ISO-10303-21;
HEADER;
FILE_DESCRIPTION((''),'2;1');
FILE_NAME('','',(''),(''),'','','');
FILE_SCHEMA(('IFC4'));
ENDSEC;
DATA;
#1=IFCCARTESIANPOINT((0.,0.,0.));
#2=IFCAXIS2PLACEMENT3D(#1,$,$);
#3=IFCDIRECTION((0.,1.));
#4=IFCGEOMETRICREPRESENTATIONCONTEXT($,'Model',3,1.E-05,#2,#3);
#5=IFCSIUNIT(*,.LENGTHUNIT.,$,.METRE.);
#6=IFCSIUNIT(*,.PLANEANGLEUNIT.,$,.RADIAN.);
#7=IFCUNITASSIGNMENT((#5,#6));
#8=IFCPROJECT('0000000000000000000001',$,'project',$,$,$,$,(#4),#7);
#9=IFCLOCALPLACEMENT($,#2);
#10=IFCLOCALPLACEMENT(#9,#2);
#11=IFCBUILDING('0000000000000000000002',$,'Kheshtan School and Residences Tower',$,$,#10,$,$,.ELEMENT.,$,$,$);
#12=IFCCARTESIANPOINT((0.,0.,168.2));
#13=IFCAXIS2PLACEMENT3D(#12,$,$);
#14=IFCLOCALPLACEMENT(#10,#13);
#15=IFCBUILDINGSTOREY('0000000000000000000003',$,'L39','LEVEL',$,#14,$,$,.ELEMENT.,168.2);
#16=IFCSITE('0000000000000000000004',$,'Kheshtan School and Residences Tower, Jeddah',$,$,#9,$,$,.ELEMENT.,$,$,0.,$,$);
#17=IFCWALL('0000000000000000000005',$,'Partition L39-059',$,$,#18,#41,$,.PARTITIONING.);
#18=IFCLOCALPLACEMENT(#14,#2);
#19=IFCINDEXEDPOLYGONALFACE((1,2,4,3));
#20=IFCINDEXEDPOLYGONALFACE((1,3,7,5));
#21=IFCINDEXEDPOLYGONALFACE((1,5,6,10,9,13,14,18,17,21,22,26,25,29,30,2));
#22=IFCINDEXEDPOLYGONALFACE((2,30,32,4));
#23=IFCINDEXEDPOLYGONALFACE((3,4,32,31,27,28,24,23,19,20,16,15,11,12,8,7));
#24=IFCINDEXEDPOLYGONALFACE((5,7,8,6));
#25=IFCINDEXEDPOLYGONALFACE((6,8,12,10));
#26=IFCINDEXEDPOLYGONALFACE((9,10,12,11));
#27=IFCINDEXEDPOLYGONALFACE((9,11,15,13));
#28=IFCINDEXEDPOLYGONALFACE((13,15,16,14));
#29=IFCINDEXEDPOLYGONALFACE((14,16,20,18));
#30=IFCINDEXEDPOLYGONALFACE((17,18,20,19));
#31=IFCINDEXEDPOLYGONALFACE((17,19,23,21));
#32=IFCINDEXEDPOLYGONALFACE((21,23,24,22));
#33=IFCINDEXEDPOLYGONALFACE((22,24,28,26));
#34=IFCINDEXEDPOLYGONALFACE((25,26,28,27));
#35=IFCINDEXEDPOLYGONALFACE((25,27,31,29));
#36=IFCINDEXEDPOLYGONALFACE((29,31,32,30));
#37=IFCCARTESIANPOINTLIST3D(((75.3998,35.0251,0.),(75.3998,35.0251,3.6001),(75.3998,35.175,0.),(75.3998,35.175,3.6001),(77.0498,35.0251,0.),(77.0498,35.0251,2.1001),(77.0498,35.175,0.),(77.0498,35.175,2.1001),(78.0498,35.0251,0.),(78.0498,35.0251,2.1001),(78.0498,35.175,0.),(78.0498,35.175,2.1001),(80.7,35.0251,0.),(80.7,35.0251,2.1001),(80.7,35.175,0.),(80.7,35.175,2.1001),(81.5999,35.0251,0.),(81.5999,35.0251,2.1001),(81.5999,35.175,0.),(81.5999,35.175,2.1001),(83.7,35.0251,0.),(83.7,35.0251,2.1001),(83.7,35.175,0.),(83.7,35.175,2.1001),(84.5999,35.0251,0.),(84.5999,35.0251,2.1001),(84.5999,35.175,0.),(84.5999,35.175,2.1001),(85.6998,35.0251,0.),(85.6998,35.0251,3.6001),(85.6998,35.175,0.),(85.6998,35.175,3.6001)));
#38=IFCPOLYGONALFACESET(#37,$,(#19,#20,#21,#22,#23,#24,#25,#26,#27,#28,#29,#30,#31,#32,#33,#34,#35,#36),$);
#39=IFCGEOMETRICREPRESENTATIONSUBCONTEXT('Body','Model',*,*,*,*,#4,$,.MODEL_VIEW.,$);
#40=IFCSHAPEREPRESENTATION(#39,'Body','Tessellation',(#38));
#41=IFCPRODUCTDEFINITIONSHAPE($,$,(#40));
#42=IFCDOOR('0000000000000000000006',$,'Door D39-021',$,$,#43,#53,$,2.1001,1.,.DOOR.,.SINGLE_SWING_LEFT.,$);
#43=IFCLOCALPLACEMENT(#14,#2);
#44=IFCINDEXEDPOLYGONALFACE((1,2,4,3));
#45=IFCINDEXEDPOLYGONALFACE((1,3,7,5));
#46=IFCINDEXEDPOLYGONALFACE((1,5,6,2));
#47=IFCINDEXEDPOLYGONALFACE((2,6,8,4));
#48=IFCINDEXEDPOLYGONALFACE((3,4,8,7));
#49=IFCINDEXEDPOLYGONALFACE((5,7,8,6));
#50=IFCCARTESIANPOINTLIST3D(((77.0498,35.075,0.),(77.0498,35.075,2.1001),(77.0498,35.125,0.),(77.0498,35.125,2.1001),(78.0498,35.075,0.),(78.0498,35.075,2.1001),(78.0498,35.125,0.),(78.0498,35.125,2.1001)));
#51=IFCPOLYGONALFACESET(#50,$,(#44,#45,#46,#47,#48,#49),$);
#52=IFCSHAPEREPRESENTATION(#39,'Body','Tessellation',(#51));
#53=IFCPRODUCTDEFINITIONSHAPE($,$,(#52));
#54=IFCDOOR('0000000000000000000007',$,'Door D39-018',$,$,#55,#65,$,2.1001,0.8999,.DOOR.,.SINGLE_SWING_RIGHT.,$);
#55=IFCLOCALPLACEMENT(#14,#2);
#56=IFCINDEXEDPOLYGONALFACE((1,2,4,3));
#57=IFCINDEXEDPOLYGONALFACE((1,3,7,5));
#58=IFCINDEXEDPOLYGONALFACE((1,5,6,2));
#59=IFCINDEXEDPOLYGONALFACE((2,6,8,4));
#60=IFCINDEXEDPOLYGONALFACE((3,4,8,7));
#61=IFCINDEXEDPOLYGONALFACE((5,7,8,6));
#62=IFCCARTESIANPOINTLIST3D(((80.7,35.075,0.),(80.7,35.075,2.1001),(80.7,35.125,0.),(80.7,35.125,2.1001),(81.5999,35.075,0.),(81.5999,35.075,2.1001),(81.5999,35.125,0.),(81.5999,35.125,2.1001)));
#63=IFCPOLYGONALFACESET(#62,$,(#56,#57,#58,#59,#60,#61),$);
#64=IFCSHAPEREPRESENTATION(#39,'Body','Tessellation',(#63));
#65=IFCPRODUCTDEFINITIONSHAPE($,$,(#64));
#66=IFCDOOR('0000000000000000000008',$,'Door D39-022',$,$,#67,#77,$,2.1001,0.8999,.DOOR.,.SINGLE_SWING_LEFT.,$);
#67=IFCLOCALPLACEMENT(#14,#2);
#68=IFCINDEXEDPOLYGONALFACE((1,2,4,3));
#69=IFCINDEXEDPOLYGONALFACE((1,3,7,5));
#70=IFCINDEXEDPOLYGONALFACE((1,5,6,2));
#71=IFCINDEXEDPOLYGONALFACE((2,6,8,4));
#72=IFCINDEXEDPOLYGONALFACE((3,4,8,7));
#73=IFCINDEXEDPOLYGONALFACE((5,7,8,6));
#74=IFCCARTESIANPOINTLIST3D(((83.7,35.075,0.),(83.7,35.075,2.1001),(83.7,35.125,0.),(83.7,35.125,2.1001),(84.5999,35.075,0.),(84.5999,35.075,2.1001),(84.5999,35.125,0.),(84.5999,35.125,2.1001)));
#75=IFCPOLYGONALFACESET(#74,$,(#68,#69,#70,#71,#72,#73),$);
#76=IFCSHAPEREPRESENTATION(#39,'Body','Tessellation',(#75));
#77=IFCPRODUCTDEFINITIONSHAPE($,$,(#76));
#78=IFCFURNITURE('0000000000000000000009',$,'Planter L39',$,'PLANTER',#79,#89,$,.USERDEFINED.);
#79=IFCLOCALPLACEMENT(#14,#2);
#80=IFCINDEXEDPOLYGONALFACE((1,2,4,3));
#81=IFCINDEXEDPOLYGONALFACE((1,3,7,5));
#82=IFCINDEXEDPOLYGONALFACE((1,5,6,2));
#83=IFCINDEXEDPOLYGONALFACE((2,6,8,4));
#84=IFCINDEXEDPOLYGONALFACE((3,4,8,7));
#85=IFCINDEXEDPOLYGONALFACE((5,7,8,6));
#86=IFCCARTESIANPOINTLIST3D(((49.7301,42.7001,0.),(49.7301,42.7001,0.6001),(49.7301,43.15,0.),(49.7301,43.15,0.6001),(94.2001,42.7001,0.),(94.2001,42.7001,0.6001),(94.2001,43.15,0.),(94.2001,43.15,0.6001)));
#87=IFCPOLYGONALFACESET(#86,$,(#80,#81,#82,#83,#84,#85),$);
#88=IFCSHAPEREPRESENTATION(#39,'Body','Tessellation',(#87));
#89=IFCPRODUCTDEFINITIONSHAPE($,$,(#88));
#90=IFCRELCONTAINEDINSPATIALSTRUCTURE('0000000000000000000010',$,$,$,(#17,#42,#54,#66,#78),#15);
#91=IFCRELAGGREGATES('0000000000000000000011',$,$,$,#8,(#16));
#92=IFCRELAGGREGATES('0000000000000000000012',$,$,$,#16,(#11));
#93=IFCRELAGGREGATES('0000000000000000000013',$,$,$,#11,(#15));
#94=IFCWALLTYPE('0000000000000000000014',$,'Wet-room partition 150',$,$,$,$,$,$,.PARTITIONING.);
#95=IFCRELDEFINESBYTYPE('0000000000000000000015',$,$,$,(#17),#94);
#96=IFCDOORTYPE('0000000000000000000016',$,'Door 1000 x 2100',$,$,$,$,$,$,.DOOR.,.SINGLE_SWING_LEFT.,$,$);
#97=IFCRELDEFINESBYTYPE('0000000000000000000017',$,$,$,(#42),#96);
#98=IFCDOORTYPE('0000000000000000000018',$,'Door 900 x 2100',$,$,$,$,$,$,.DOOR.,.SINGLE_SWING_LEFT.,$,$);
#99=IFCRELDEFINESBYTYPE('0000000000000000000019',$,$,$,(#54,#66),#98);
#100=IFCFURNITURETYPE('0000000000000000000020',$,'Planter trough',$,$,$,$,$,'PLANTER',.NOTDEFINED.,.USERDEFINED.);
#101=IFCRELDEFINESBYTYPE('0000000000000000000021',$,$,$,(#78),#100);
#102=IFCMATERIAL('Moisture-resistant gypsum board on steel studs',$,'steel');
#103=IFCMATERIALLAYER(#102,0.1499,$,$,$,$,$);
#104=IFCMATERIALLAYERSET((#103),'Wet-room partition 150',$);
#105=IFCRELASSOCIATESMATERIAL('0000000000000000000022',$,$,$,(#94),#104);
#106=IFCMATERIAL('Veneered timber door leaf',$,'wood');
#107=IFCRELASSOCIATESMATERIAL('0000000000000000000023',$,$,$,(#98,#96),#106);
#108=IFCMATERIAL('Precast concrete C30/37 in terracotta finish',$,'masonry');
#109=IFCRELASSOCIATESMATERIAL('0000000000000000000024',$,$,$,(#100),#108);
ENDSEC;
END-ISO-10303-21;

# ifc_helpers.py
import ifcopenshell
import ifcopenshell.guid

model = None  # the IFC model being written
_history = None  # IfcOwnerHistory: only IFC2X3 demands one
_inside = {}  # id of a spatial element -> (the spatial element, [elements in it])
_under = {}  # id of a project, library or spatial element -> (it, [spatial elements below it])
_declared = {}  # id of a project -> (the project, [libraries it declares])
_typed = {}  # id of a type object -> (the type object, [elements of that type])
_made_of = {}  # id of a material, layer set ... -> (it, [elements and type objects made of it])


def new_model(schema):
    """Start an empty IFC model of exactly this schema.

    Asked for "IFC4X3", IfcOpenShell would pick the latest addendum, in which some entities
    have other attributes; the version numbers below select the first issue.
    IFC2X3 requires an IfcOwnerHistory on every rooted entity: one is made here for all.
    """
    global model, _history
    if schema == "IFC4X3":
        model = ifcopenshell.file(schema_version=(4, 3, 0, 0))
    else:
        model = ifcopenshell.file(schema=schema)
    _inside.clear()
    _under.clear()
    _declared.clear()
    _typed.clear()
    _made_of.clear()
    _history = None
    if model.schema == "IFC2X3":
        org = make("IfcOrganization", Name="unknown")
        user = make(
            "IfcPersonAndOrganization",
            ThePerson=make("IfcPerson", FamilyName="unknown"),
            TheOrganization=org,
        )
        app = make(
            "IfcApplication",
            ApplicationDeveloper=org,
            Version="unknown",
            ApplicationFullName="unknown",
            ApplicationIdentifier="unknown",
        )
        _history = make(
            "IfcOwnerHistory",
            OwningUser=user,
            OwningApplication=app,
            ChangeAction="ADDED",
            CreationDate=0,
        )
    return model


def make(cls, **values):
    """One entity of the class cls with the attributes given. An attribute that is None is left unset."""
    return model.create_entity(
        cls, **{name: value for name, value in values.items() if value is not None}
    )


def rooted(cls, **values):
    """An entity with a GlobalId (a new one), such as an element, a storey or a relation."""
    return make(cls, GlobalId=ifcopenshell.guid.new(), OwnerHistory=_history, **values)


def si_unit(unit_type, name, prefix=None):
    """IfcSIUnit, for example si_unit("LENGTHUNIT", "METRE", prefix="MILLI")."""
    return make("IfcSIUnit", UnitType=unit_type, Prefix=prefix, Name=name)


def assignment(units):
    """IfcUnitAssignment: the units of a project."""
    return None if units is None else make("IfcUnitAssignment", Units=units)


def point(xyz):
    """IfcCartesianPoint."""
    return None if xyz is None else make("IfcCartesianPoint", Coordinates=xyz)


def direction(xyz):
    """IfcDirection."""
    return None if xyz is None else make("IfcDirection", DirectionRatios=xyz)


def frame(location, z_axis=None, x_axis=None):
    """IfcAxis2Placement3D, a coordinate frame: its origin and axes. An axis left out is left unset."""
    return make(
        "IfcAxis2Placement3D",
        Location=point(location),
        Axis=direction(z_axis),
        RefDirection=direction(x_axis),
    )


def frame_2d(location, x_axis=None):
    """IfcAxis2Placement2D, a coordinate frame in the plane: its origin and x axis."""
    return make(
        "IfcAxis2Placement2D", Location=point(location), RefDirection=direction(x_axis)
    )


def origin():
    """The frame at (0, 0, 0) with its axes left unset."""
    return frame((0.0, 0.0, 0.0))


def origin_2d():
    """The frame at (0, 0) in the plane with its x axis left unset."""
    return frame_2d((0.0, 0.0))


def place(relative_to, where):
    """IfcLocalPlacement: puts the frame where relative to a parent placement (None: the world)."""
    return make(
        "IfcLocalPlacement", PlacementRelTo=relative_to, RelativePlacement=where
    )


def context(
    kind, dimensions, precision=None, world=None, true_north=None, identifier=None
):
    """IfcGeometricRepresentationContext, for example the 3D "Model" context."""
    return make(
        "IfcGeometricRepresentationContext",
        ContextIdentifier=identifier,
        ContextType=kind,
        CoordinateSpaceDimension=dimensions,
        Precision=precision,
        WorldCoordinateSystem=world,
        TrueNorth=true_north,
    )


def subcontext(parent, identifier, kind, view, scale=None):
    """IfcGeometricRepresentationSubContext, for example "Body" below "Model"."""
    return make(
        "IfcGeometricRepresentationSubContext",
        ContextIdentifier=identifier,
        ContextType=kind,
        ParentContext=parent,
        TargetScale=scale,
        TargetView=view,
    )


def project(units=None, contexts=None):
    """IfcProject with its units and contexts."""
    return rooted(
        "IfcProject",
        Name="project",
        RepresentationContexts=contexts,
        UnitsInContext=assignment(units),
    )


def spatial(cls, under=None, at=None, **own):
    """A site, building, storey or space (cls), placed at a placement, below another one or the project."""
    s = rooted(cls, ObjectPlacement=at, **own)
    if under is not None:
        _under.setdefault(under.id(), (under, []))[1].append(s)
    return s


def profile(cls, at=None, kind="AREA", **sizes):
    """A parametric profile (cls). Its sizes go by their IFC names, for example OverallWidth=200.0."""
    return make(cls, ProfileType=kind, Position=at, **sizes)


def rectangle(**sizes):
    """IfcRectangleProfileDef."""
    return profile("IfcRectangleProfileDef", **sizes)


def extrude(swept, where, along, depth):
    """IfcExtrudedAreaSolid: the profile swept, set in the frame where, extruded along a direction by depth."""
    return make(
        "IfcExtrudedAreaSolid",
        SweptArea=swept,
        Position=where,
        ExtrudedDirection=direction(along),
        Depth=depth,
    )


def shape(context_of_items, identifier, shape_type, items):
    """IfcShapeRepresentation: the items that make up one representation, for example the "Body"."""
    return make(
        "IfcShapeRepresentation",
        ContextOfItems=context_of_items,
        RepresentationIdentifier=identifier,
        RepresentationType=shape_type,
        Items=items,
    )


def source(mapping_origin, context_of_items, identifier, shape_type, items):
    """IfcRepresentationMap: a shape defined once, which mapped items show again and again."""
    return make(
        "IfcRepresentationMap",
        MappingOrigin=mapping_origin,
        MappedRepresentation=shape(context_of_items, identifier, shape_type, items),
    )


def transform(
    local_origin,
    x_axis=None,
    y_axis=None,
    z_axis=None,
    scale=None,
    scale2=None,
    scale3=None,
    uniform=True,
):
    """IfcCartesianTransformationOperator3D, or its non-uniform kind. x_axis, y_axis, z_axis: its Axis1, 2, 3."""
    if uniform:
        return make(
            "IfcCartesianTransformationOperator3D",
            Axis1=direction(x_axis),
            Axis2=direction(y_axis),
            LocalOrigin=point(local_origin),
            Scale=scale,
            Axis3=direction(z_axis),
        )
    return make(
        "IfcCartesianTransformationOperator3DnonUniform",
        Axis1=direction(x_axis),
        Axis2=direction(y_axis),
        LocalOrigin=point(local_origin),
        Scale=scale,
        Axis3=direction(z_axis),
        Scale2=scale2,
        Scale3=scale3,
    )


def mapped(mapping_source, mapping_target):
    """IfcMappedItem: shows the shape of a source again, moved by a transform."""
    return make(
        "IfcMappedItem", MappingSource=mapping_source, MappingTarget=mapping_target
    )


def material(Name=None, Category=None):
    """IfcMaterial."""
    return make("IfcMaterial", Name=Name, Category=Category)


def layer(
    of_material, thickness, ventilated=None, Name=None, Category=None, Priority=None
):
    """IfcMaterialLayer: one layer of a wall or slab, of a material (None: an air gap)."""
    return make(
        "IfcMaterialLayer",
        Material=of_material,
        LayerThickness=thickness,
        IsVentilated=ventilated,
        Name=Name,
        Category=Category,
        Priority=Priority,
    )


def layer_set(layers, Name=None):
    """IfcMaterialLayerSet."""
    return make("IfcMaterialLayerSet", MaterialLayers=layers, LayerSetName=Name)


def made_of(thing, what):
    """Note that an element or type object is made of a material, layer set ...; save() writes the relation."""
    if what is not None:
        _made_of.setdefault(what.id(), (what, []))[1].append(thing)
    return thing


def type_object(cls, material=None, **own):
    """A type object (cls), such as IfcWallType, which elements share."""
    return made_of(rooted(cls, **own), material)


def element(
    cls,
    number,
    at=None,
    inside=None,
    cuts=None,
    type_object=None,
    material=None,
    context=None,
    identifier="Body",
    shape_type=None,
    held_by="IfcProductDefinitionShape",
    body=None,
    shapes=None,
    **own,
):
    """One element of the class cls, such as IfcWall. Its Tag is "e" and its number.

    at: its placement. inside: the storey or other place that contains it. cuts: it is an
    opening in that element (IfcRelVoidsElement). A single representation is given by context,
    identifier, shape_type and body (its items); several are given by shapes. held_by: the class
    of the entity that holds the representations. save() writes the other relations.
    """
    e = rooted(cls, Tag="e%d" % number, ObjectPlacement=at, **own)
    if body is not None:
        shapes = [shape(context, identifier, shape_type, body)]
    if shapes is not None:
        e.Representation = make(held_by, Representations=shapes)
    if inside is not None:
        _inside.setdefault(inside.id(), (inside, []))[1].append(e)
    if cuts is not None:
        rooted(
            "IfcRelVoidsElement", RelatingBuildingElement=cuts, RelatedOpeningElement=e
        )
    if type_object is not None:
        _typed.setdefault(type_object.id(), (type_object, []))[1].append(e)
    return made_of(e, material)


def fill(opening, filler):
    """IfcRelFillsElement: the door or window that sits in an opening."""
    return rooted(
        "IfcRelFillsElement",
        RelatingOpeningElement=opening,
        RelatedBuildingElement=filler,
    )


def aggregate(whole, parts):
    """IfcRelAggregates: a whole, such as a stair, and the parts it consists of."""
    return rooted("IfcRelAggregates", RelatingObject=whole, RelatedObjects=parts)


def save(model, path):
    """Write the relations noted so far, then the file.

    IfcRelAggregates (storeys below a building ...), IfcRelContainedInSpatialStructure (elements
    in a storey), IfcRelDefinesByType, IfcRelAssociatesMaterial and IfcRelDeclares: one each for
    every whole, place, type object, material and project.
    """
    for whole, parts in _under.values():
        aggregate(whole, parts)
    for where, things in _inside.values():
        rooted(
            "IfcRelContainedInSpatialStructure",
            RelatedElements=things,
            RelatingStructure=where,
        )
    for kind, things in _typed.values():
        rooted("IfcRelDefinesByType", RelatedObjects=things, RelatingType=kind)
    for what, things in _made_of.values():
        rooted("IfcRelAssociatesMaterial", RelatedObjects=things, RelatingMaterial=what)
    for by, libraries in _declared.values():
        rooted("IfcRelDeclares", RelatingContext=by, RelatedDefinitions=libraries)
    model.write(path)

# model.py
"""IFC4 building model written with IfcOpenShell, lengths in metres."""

from ifc_helpers import new_model, si_unit, direction, frame, frame_2d, origin, origin_2d, place, context, subcontext, project, spatial, rectangle, extrude, source, transform, mapped, material, layer, layer_set, type_object, element, fill, save


model = new_model("IFC4")

# Units and contexts
model_context = context("Model", 3, precision=1e-05, world=origin(), true_north=direction((0.0, 1.0)))
body_context = subcontext(model_context, "Body", "Model", "MODEL_VIEW")
ifc_project = project(units=[si_unit("LENGTHUNIT", "METRE"), si_unit("PLANEANGLEUNIT", "RADIAN")], contexts=[model_context])

# Site, building, storey
site_placement = place(None, origin())
site = spatial("IfcSite", under=ifc_project, at=site_placement, Name="Kheshtan School and Residences Tower, Jeddah", CompositionType="ELEMENT", RefElevation=0.0)
building_placement = place(site_placement, origin())
building = spatial("IfcBuilding", under=site, at=building_placement, Name="Kheshtan School and Residences Tower", CompositionType="ELEMENT")
storey_placement = place(building_placement, frame((0.0, 0.0, 168.2)))
storey = spatial("IfcBuildingStorey", under=building, at=storey_placement, Name="L39", Description="LEVEL", CompositionType="ELEMENT", Elevation=168.2)

# Shared definitions
ifc_material_1 = material(Name="Moisture-resistant gypsum board on steel studs", Category="steel")
ifc_layer_1 = layer(ifc_material_1, 0.1499)
ifc_layer_set_1 = layer_set([ifc_layer_1], Name="Wet-room partition 150")
wall_type_1 = type_object("IfcWallType", Name="Wet-room partition 150", PredefinedType="PARTITIONING", material=ifc_layer_set_1)

# Shared definitions
ifc_material_2 = material(Name="Veneered timber door leaf", Category="wood")

# Wall, openings, doors
door_type_1 = type_object("IfcDoorType", Name="Door 900 x 2100", OperationType="SINGLE_SWING_LEFT", PredefinedType="DOOR", material=ifc_material_2)
shared_shape_1 = source(origin(), body_context, "Body", "SweptSolid", [
    extrude(rectangle(XDim=0.8999, YDim=2.1001, at=frame_2d((0.45, 1.05))), frame((0.0, 0.0249, 0.0), z_axis=(0.0, -1.0, 0.0), x_axis=(1.0, 0.0, 0.0)), (0.0, 0.0, 1.0), 0.05),
])
wall_1_placement = place(storey_placement, frame((75.3999, 35.1001, 0.0), z_axis=(0.0, 0.0, 1.0), x_axis=(1.0, 0.0, 0.0)))
wall_1 = element("IfcWall", 1, at=wall_1_placement, inside=storey, type_object=wall_type_1, Name="Partition L39-059", PredefinedType="PARTITIONING", context=body_context, shape_type="SweptSolid", body=[
    extrude(rectangle(XDim=10.3, YDim=0.1499, at=frame_2d((5.1499, 0.0))), origin(), (0.0, 0.0, 1.0), 3.6001),
])
opening_1_placement = place(wall_1_placement, frame((5.3, 0.0, 0.0)))
opening_1 = element("IfcOpeningElement", 2, at=opening_1_placement, cuts=wall_1, PredefinedType="OPENING", context=body_context, shape_type="SweptSolid", body=[
    extrude(rectangle(XDim=0.8999, YDim=2.1001, at=frame_2d((0.45, 1.05))), frame((0.0, 0.085, 0.0), z_axis=(0.0, -1.0, 0.0), x_axis=(1.0, 0.0, 0.0)), (0.0, 0.0, 1.0), 0.1699),
])
opening_2_placement = place(wall_1_placement, frame((1.6499, 0.0, 0.0)))
opening_2 = element("IfcOpeningElement", 3, at=opening_2_placement, cuts=wall_1, PredefinedType="OPENING", context=body_context, shape_type="SweptSolid", body=[
    extrude(rectangle(XDim=1.0, YDim=2.1001, at=frame_2d((0.5, 1.05))), frame((0.0, 0.085, 0.0), z_axis=(0.0, -1.0, 0.0), x_axis=(1.0, 0.0, 0.0)), (0.0, 0.0, 1.0), 0.1699),
])
opening_3_placement = place(wall_1_placement, frame((8.3, 0.0, 0.0)))
opening_3 = element("IfcOpeningElement", 4, at=opening_3_placement, cuts=wall_1, PredefinedType="OPENING", context=body_context, shape_type="SweptSolid", body=[
    extrude(rectangle(XDim=0.8999, YDim=2.1001, at=frame_2d((0.45, 1.05))), frame((0.0, 0.085, 0.0), z_axis=(0.0, -1.0, 0.0), x_axis=(1.0, 0.0, 0.0)), (0.0, 0.0, 1.0), 0.1699),
])
door_type_2 = type_object("IfcDoorType", Name="Door 1000 x 2100", OperationType="SINGLE_SWING_LEFT", PredefinedType="DOOR", material=ifc_material_2)
shared_shape_2 = source(origin(), body_context, "Body", "SweptSolid", [
    extrude(rectangle(XDim=1.0, YDim=2.1001, at=frame_2d((0.5, 1.05))), frame((0.0, 0.0249, 0.0), z_axis=(0.0, -1.0, 0.0), x_axis=(1.0, 0.0, 0.0)), (0.0, 0.0, 1.0), 0.05),
])
door_1_placement = place(opening_2_placement, origin())
door_1 = element("IfcDoor", 5, at=door_1_placement, inside=storey, type_object=door_type_2, Name="Door D39-021", OperationType="SINGLE_SWING_LEFT", OverallHeight=2.1001, OverallWidth=1.0, PredefinedType="DOOR", context=body_context, shape_type="MappedRepresentation", body=[
    mapped(shared_shape_2, transform((0.0, 0.0, 0.0), x_axis=(1.0, 0.0, 0.0), y_axis=(0.0, 1.0, 0.0), z_axis=(0.0, 0.0, 1.0), scale=1.0)),
])
fill(opening_2, door_1)
door_2_placement = place(opening_1_placement, origin())
door_2 = element("IfcDoor", 6, at=door_2_placement, inside=storey, type_object=door_type_1, Name="Door D39-018", OperationType="SINGLE_SWING_RIGHT", OverallHeight=2.1001, OverallWidth=0.8999, PredefinedType="DOOR", context=body_context, shape_type="MappedRepresentation", body=[
    mapped(shared_shape_1, transform((0.0, 0.0, 0.0), x_axis=(1.0, 0.0, 0.0), y_axis=(0.0, 1.0, 0.0), z_axis=(0.0, 0.0, 1.0), scale=1.0)),
])
fill(opening_1, door_2)
door_3_placement = place(opening_3_placement, origin())
door_3 = element("IfcDoor", 7, at=door_3_placement, inside=storey, type_object=door_type_1, Name="Door D39-022", OperationType="SINGLE_SWING_LEFT", OverallHeight=2.1001, OverallWidth=0.8999, PredefinedType="DOOR", context=body_context, shape_type="MappedRepresentation", body=[
    mapped(shared_shape_1, transform((0.0, 0.0, 0.0), x_axis=(1.0, 0.0, 0.0), y_axis=(0.0, 1.0, 0.0), z_axis=(0.0, 0.0, 1.0), scale=1.0)),
])
fill(opening_3, door_3)

# Furniture
ifc_material_3 = material(Name="Precast concrete C30/37 in terracotta finish", Category="masonry")
furniture_type = type_object("IfcFurnitureType", Name="Planter trough", ElementType="PLANTER", AssemblyPlace="NOTDEFINED", PredefinedType="USERDEFINED", material=ifc_material_3)
furniture_placement = place(storey_placement, frame((71.9651, 42.925, 0.0), z_axis=(0.0, 0.0, 1.0), x_axis=(1.0, 0.0, 0.0)))
element("IfcFurniture", 8, at=furniture_placement, inside=storey, type_object=furniture_type, Name="Planter L39", ObjectType="PLANTER", PredefinedType="USERDEFINED", context=body_context, shape_type="SweptSolid", body=[
    extrude(rectangle(XDim=44.47, YDim=0.45, at=origin_2d()), origin(), (0.0, 0.0, 1.0), 0.6001),
])

save(model, "model.ifc")
